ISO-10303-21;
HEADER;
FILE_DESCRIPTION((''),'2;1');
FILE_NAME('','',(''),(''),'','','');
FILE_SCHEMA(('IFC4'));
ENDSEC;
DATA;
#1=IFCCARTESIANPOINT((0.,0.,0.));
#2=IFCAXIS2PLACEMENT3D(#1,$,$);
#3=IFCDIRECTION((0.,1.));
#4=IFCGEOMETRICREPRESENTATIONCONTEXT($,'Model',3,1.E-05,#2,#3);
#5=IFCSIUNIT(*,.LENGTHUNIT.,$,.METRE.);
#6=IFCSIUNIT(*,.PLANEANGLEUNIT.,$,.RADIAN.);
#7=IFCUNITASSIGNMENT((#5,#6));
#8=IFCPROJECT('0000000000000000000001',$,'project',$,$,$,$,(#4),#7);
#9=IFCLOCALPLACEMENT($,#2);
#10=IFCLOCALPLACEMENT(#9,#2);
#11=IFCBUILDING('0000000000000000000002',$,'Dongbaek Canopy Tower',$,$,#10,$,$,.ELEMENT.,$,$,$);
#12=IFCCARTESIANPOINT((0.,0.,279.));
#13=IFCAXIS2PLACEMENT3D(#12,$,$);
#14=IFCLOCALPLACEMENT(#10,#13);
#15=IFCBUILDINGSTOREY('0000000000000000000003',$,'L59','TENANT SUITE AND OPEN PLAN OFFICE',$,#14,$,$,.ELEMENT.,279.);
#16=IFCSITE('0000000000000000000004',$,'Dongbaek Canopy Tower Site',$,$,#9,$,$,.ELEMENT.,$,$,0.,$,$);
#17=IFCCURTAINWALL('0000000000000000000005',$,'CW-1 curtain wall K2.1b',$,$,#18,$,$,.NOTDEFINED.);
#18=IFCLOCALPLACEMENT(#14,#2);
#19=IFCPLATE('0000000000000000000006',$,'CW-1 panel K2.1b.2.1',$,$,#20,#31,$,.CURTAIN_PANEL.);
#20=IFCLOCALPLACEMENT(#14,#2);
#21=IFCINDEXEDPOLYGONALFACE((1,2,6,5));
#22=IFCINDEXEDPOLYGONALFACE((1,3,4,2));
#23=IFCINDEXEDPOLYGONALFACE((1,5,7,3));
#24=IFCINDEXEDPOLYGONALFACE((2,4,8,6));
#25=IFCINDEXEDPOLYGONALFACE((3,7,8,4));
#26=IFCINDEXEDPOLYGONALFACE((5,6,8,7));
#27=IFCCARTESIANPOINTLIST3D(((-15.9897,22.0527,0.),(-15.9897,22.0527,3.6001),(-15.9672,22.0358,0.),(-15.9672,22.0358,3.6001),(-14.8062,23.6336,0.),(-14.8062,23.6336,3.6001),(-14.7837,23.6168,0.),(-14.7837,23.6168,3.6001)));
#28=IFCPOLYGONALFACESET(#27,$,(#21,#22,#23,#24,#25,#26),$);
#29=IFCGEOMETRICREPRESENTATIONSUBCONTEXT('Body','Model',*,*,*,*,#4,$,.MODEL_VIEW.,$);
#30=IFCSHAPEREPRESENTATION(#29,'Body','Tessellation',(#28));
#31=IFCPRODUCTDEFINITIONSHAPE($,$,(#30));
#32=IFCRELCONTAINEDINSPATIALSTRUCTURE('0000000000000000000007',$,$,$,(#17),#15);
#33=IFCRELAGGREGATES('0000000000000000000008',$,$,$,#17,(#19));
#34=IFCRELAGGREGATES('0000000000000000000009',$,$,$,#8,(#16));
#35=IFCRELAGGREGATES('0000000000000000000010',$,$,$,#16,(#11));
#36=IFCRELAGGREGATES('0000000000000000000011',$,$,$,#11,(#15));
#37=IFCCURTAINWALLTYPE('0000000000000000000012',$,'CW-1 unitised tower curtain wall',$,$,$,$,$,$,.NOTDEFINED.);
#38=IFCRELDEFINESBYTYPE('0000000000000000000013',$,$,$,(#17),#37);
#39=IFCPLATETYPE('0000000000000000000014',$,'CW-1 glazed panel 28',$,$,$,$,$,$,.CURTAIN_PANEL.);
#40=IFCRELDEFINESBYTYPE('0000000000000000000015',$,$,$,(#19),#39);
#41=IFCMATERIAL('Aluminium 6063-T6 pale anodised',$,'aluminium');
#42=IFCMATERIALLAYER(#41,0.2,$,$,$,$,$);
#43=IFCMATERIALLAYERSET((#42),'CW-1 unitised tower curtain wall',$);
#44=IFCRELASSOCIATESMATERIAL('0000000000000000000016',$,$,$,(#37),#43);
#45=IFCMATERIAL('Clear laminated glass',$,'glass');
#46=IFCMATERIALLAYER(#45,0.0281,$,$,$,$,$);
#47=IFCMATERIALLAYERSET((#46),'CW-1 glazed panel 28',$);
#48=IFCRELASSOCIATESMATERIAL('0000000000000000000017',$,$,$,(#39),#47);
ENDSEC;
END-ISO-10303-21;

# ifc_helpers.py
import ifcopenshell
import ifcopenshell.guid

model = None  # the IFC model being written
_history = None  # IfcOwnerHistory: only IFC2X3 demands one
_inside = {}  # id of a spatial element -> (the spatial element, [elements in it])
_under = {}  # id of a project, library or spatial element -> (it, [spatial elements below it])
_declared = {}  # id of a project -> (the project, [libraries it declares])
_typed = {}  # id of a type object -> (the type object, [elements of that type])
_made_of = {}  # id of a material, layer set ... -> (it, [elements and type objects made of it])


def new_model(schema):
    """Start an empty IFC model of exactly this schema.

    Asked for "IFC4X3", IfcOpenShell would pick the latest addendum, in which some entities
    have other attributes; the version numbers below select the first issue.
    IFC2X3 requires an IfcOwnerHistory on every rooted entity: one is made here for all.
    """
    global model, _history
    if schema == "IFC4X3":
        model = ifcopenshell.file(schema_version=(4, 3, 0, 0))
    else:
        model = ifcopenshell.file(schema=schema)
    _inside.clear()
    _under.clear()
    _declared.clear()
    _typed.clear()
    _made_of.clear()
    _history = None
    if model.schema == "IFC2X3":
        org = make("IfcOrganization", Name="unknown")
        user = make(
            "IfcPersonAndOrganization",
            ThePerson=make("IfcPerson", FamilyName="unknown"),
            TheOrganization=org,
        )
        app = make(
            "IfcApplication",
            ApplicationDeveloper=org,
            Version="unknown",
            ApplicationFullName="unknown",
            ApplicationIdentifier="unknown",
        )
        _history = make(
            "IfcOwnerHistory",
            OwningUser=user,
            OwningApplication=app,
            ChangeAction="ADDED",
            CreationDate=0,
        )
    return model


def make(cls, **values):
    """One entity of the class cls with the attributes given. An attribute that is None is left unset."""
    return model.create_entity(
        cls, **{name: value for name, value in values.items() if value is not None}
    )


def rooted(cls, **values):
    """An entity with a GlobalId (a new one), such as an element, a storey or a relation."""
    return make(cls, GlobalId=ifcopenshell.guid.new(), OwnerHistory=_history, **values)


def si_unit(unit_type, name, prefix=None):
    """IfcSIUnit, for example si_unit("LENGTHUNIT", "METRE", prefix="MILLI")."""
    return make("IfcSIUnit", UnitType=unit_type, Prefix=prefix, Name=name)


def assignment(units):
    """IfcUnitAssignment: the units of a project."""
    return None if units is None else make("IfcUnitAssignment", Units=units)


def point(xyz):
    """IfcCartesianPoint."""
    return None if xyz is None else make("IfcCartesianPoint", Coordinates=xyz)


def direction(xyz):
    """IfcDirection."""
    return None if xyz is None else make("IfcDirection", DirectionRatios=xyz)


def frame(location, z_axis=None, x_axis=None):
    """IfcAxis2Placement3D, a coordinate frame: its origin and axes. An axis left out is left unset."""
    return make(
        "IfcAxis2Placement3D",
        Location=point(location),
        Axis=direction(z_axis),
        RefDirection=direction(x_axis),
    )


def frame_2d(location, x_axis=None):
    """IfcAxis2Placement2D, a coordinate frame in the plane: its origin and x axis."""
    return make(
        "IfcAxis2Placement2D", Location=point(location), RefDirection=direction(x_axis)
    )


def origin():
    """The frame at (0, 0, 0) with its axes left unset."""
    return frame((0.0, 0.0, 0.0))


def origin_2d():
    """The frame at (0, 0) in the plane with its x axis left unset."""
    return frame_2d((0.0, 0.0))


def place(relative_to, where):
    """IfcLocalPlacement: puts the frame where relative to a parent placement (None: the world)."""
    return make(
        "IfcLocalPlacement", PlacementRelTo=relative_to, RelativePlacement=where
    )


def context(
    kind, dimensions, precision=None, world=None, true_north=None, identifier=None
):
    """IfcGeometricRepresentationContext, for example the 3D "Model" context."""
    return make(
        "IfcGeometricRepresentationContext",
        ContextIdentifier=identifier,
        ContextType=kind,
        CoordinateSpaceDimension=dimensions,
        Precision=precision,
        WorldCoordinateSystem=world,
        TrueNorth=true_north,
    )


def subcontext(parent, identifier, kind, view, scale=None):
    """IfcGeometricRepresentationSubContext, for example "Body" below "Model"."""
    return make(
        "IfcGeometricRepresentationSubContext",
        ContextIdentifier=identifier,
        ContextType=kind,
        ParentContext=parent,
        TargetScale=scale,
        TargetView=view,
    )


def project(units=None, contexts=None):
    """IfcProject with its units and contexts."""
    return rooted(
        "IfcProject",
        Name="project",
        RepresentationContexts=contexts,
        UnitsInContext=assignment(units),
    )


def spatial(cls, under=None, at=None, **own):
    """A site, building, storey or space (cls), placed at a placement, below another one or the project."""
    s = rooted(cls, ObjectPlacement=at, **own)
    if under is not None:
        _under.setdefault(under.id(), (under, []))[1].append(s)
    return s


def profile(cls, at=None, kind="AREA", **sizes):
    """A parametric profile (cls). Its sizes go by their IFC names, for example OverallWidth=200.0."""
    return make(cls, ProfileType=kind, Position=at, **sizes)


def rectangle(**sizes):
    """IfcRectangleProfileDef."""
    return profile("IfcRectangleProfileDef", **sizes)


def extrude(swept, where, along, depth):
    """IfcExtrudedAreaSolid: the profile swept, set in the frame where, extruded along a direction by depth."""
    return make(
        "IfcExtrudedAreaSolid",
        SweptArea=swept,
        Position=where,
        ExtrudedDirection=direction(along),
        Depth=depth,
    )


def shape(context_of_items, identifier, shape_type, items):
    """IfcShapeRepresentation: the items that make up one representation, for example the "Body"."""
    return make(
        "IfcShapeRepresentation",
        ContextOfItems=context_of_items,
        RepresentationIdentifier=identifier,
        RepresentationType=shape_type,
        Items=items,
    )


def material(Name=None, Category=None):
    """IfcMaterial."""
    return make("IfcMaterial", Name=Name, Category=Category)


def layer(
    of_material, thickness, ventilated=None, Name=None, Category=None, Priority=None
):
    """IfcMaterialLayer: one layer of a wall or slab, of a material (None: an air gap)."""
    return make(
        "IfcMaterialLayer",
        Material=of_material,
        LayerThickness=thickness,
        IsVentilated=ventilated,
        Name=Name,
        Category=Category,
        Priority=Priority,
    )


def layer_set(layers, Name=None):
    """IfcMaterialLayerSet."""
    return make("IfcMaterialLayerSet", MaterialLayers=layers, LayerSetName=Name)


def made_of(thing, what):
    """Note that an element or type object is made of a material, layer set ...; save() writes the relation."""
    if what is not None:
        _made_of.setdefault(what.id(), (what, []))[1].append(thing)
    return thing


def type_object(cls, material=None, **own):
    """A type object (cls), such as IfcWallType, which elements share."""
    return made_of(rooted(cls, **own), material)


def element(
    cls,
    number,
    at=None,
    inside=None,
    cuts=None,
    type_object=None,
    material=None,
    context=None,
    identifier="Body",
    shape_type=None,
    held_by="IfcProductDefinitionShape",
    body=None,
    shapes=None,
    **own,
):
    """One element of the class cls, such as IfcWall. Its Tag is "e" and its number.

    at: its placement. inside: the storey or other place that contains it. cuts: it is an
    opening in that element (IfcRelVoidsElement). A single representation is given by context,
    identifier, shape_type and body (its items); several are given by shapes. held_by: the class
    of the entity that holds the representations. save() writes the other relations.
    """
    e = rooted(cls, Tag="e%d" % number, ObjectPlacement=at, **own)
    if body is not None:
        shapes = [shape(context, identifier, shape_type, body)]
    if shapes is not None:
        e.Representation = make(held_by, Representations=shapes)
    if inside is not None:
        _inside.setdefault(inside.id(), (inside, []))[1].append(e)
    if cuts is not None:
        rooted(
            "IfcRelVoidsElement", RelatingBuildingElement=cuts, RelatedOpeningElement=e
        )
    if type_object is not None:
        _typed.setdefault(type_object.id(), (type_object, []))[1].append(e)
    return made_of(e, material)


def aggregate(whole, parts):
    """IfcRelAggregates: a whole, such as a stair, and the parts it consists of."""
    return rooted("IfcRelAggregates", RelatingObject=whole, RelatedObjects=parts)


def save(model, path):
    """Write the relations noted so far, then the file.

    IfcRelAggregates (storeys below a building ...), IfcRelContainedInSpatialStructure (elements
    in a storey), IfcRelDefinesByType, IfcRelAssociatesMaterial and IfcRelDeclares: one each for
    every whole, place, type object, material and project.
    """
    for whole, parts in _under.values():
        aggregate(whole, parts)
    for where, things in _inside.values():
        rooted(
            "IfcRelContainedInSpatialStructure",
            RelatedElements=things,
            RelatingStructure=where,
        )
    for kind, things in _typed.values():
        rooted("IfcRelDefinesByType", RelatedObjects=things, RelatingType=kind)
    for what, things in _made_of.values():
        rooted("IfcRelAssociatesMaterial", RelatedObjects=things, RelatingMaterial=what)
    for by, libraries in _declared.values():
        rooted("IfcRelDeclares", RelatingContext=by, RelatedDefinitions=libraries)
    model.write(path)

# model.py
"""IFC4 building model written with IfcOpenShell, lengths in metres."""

from ifc_helpers import new_model, si_unit, direction, frame, origin, origin_2d, place, context, subcontext, project, spatial, rectangle, extrude, material, layer, layer_set, type_object, element, aggregate, save


model = new_model("IFC4")

# Units and contexts
model_context = context("Model", 3, precision=1e-05, world=origin(), true_north=direction((0.0, 1.0)))
body_context = subcontext(model_context, "Body", "Model", "MODEL_VIEW")
ifc_project = project(units=[si_unit("LENGTHUNIT", "METRE"), si_unit("PLANEANGLEUNIT", "RADIAN")], contexts=[model_context])

# Site, building, storey
site_placement = place(None, origin())
site = spatial("IfcSite", under=ifc_project, at=site_placement, Name="Dongbaek Canopy Tower Site", CompositionType="ELEMENT", RefElevation=0.0)
building_placement = place(site_placement, origin())
building = spatial("IfcBuilding", under=site, at=building_placement, Name="Dongbaek Canopy Tower", CompositionType="ELEMENT")
storey_placement = place(building_placement, frame((0.0, 0.0, 279.0)))
storey = spatial("IfcBuildingStorey", under=building, at=storey_placement, Name="L59", Description="TENANT SUITE AND OPEN PLAN OFFICE", CompositionType="ELEMENT", Elevation=279.0)

# Shared definitions
ifc_material_1 = material(Name="Aluminium 6063-T6 pale anodised", Category="aluminium")
ifc_layer_1 = layer(ifc_material_1, 0.2)
ifc_layer_set_1 = layer_set([ifc_layer_1], Name="CW-1 unitised tower curtain wall")
curtain_wall_type = type_object("IfcCurtainWallType", Name="CW-1 unitised tower curtain wall", PredefinedType="NOTDEFINED", material=ifc_layer_set_1)

# Curtain wall
curtain_wall_1_placement = place(storey_placement, origin())
curtain_wall_1 = element("IfcCurtainWall", 1, at=curtain_wall_1_placement, inside=storey, type_object=curtain_wall_type, Name="CW-1 curtain wall K2.1b", PredefinedType="NOTDEFINED")

# Plate
ifc_material_2 = material(Name="Clear laminated glass", Category="glass")
ifc_layer_2 = layer(ifc_material_2, 0.0281)
ifc_layer_set_2 = layer_set([ifc_layer_2], Name="CW-1 glazed panel 28")
plate_type = type_object("IfcPlateType", Name="CW-1 glazed panel 28", PredefinedType="CURTAIN_PANEL", material=ifc_layer_set_2)
plate_1_placement = place(storey_placement, frame((-15.3867, 22.8347, 0.0), z_axis=(0.0, 0.0, 1.0), x_axis=(-0.599282, -0.800538, 0.0)))
plate_1 = element("IfcPlate", 2, at=plate_1_placement, type_object=plate_type, Name="CW-1 panel K2.1b.2.1", PredefinedType="CURTAIN_PANEL", context=body_context, shape_type="SweptSolid", body=[
    extrude(rectangle(XDim=1.9749, YDim=0.0281, at=origin_2d()), origin(), (0.0, 0.0, 1.0), 3.6001),
])
aggregate(curtain_wall_1, [plate_1])

save(model, "model.ifc")
